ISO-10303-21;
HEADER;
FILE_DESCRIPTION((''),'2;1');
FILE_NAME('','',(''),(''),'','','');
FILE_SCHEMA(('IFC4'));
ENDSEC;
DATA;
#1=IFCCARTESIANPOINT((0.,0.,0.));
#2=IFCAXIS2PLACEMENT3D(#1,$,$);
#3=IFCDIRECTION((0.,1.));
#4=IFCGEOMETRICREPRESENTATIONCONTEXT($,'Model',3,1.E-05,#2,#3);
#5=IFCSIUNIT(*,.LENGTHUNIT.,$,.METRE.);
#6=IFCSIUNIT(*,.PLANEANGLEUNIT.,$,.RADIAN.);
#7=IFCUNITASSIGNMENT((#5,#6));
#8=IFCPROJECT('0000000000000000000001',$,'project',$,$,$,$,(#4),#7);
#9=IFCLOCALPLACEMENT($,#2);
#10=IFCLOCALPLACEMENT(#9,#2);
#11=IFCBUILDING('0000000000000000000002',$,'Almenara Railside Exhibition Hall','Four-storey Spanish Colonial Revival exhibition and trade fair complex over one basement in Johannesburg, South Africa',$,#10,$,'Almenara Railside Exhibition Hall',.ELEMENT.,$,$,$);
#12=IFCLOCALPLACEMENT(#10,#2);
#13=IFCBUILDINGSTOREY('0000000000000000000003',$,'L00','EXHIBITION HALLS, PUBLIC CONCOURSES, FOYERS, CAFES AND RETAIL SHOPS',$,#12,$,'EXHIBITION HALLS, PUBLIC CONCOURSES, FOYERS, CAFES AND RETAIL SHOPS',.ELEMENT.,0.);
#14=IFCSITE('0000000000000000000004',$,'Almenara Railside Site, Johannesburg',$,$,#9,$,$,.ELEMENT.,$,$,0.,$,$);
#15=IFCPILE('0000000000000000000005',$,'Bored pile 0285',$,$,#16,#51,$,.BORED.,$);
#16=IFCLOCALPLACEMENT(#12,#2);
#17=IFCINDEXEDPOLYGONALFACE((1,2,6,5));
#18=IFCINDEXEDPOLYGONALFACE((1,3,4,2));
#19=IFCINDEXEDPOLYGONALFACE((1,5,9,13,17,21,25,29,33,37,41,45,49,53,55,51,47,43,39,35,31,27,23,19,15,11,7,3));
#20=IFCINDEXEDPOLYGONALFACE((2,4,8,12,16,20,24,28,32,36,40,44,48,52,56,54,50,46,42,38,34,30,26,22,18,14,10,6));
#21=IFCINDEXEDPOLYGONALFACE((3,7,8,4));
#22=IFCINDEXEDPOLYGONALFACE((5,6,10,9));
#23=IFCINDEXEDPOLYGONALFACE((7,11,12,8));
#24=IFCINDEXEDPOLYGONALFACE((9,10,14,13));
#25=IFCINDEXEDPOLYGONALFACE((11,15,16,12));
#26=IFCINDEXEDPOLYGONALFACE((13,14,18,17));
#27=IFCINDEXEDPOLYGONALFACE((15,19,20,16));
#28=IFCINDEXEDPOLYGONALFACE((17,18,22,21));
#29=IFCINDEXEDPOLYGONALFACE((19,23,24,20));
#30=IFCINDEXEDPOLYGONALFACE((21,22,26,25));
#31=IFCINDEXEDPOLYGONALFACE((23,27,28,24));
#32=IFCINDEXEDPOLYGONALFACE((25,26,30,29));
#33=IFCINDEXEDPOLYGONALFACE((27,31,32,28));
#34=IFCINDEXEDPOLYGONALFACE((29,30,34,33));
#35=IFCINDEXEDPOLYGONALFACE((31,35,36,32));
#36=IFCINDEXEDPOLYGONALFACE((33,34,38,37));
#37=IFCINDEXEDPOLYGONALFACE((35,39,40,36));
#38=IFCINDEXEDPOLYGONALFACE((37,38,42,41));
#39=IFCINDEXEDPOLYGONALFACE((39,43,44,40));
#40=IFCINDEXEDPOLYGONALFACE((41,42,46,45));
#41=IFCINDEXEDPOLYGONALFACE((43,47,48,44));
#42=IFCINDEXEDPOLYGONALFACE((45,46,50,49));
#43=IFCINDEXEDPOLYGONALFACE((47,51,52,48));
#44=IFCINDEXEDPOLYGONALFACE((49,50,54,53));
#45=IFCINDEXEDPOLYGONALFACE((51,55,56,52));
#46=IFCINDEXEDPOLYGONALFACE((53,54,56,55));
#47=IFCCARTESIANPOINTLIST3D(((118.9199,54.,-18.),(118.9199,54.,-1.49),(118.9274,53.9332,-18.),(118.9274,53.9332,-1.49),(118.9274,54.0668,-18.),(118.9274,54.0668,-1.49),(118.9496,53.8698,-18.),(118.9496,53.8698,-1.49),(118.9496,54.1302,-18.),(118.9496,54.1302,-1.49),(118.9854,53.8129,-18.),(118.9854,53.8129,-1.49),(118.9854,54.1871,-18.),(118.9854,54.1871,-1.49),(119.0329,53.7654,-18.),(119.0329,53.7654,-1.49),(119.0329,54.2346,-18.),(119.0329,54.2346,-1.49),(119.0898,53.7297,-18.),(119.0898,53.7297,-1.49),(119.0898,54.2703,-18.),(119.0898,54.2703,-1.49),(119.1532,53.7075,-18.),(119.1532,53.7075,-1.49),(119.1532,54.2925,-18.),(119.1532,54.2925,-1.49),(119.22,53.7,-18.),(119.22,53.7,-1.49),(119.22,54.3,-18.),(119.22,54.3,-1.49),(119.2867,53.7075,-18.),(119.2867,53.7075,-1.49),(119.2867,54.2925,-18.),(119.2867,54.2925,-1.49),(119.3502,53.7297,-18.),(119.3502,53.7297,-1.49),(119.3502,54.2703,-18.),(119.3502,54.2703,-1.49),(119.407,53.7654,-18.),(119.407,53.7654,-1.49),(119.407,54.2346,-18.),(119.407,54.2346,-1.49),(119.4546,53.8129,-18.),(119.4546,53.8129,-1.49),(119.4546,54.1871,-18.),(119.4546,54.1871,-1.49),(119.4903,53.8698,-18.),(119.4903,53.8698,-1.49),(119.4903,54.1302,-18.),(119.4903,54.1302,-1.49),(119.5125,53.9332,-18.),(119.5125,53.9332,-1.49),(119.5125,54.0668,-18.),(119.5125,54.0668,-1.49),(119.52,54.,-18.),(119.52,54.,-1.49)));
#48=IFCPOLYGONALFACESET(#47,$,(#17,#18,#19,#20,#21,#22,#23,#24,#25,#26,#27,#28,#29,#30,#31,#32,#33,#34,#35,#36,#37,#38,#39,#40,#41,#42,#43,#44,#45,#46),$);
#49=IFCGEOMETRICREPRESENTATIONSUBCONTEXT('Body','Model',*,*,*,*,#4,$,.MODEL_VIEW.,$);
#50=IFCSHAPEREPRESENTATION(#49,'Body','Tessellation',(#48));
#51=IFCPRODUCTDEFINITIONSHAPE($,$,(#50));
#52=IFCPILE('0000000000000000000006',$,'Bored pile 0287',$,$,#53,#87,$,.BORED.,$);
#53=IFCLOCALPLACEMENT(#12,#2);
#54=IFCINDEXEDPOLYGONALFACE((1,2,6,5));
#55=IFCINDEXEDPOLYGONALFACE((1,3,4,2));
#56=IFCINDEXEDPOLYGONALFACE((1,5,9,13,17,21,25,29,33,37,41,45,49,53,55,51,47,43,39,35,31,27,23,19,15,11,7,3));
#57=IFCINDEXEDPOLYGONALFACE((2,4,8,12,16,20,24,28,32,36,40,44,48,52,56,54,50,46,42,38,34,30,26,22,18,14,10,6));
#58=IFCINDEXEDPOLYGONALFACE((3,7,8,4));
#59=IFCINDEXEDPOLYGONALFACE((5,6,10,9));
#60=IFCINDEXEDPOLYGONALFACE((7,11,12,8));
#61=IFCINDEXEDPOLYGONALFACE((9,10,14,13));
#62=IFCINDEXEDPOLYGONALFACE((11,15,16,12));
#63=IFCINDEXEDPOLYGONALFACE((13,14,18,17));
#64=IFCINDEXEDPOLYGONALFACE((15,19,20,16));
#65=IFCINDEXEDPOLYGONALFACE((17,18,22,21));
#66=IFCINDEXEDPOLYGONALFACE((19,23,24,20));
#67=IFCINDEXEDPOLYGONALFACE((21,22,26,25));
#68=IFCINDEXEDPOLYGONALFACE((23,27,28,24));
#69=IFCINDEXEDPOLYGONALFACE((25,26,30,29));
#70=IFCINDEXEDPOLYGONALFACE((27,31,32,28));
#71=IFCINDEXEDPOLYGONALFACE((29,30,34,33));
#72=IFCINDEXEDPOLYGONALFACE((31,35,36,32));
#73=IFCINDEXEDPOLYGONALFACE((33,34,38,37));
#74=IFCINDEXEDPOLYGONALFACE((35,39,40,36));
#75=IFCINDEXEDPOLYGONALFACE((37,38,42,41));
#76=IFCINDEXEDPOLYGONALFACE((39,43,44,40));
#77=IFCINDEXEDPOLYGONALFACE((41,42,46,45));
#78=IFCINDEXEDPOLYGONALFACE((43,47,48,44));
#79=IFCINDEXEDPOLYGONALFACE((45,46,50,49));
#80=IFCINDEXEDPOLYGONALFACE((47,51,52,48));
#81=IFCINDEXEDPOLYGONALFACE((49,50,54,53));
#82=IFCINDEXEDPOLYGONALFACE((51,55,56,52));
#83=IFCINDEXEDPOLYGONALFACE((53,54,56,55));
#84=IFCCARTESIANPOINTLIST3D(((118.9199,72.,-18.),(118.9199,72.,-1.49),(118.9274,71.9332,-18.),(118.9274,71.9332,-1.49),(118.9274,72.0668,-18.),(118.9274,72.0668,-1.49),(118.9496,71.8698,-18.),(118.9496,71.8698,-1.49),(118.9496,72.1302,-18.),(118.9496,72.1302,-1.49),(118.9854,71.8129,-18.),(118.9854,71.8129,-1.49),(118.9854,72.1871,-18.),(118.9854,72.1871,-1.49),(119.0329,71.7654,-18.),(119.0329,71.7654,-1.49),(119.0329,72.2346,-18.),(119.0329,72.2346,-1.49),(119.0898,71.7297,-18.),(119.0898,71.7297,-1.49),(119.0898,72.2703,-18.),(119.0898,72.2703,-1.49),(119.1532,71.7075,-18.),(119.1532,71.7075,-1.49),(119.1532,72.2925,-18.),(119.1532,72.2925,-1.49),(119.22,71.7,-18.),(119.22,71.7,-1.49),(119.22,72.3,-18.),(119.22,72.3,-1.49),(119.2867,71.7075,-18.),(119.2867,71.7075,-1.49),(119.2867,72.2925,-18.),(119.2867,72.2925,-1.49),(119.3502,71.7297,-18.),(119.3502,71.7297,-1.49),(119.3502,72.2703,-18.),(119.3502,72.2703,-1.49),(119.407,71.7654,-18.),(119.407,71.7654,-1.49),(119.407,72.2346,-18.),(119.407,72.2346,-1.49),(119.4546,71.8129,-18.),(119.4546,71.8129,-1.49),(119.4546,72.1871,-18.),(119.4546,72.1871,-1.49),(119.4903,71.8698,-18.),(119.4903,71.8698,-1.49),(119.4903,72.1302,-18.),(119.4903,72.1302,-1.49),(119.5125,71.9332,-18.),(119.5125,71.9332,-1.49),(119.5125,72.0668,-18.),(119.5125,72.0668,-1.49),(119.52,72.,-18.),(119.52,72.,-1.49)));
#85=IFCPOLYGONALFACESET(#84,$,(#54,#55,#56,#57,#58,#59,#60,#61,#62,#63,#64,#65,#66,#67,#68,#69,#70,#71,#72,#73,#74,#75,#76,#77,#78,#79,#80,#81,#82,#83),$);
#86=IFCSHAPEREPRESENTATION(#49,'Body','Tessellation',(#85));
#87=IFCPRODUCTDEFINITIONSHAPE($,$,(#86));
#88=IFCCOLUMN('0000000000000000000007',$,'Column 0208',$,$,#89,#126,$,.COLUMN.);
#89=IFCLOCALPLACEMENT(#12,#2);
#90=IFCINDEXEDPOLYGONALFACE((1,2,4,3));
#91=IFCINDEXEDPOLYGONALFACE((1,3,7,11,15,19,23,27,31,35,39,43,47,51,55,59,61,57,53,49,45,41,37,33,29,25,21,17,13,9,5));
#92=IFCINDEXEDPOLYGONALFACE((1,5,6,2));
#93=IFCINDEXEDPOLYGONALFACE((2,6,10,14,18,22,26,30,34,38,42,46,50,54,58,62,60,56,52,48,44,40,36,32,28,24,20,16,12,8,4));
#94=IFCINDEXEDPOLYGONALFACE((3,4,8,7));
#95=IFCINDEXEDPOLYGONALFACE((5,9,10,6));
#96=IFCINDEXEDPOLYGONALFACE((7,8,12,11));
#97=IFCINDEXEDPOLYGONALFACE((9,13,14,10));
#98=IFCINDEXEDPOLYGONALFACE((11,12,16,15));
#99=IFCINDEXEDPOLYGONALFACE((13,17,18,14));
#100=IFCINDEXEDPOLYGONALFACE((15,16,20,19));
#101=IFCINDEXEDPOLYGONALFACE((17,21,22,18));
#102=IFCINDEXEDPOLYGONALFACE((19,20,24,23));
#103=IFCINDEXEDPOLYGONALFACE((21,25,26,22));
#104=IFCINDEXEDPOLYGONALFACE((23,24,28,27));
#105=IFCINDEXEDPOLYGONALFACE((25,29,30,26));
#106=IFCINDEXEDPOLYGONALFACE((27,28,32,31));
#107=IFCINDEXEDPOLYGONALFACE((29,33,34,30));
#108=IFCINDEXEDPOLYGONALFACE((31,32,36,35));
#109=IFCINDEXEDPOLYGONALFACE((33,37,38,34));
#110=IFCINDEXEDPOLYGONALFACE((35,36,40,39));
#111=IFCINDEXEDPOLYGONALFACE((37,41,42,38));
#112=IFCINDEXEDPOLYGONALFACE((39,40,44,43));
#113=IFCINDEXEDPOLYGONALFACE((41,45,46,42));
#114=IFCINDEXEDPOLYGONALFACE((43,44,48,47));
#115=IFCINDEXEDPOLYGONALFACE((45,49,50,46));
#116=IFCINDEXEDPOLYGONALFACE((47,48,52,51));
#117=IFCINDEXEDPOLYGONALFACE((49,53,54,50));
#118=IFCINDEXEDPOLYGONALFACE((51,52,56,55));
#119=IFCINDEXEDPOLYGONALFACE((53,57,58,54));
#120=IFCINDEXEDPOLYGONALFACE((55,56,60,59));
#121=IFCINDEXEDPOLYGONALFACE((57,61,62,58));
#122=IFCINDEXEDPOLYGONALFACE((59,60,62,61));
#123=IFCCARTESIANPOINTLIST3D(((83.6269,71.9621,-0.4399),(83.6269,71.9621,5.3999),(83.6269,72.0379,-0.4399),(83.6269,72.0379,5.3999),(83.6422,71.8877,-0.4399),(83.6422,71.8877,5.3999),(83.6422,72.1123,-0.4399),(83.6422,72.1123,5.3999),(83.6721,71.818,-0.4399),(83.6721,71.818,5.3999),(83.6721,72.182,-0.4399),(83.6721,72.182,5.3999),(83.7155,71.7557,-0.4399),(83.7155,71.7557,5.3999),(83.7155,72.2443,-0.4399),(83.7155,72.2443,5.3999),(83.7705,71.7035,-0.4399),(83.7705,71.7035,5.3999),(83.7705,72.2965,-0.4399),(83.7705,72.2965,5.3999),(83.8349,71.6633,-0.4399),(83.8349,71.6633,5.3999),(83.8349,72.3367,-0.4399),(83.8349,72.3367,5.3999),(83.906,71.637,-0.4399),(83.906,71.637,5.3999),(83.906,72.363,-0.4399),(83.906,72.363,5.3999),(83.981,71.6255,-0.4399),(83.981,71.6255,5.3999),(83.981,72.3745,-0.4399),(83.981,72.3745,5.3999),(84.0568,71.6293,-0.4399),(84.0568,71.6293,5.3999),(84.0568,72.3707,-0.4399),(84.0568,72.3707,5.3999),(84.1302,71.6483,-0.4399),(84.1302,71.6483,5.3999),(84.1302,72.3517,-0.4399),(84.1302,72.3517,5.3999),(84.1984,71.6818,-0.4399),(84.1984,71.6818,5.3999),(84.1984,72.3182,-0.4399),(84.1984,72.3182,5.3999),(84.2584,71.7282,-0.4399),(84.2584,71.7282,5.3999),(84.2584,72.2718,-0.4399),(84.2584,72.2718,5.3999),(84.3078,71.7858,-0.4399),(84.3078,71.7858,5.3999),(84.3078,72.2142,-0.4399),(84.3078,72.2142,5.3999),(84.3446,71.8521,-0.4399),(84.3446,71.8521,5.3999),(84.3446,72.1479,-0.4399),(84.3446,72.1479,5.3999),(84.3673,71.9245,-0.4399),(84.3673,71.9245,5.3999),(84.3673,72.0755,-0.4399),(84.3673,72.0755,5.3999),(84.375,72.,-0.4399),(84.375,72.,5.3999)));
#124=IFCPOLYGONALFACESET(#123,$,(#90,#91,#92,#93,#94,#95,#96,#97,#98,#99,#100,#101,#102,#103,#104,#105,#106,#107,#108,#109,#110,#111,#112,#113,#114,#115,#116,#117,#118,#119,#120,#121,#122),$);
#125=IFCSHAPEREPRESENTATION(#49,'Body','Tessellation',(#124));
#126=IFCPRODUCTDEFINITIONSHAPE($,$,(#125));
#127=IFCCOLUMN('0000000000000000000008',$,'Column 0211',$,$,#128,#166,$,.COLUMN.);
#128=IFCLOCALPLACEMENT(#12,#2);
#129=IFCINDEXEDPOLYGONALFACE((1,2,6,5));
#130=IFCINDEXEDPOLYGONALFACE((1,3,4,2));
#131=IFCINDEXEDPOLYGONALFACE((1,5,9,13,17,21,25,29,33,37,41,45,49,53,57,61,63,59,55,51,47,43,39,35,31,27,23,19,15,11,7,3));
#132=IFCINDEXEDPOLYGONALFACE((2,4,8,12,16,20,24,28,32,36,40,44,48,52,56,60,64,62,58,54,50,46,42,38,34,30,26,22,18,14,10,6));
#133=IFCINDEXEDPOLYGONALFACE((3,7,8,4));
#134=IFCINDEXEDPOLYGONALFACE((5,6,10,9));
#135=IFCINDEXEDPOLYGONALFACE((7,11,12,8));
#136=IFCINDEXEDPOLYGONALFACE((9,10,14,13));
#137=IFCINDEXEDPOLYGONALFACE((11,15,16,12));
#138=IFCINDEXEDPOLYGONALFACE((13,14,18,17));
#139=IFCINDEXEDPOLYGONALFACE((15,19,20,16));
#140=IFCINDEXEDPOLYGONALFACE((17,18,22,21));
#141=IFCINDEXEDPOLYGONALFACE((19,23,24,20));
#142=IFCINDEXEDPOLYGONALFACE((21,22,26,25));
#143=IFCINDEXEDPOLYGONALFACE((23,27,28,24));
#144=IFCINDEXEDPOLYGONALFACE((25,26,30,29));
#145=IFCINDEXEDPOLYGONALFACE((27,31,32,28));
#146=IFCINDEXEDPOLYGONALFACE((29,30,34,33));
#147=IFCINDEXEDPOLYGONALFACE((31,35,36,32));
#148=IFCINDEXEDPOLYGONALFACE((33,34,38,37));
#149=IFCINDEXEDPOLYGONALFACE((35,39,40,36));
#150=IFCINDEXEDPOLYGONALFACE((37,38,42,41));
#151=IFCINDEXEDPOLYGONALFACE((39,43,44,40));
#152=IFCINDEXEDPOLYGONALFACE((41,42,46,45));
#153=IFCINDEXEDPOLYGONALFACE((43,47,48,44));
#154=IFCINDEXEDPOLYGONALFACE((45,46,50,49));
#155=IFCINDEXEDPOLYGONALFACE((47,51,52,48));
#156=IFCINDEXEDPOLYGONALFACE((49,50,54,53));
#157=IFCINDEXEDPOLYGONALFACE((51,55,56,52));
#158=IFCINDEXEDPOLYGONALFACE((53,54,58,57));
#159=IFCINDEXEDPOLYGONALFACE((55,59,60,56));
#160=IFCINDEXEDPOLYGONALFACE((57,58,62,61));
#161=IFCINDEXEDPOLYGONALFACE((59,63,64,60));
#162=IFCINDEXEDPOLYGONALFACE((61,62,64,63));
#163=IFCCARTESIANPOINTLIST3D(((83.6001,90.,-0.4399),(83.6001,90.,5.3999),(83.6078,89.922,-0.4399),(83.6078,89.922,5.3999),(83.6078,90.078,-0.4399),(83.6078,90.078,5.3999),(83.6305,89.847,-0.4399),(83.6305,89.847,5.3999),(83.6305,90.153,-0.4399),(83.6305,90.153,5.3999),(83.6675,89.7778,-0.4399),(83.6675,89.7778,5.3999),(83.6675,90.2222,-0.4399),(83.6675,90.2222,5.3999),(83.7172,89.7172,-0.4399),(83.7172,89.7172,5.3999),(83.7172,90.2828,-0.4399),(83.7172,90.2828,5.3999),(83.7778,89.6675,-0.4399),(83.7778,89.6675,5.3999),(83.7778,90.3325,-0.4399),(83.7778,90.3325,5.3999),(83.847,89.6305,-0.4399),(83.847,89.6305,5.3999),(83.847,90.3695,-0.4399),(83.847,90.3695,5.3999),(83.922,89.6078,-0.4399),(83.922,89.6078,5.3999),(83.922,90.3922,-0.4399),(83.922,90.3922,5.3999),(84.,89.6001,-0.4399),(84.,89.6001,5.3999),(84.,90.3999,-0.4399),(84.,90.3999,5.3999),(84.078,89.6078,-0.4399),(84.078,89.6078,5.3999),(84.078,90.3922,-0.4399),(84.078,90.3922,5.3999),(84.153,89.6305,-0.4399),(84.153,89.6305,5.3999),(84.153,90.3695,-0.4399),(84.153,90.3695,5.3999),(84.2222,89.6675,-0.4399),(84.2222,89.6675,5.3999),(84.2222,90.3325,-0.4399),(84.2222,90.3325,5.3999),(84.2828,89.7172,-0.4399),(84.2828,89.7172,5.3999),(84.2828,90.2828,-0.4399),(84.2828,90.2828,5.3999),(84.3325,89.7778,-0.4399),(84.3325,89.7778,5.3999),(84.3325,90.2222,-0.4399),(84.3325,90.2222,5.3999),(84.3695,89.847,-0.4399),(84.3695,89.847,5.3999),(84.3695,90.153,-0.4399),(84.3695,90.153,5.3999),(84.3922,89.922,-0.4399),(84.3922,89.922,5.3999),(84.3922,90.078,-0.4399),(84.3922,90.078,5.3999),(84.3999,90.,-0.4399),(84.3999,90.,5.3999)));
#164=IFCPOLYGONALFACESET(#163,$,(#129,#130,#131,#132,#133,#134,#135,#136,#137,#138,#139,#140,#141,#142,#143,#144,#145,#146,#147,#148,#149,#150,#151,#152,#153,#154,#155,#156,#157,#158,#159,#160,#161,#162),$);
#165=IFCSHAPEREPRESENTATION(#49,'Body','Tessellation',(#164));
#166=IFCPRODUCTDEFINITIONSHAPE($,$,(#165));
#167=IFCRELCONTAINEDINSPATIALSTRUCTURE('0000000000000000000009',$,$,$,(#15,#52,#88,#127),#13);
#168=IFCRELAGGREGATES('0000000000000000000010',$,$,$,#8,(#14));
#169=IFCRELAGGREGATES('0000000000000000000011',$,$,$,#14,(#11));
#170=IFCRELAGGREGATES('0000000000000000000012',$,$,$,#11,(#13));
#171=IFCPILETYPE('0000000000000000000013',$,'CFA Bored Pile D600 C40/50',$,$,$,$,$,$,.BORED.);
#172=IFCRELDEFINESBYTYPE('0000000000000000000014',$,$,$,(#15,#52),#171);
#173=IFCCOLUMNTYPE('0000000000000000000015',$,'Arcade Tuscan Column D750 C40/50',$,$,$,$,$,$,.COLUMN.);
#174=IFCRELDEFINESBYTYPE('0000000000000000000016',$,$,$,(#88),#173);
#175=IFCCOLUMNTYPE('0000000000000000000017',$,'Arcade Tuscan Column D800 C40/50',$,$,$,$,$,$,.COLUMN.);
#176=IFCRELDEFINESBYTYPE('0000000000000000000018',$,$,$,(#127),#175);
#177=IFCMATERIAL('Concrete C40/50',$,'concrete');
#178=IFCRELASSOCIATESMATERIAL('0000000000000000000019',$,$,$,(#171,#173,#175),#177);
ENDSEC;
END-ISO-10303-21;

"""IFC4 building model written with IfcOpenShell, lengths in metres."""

from ifc_helpers import new_model, si_unit, direction, frame, origin, origin_2d, place, context, subcontext, project, spatial, circle, extrude, material, material_profile, profile_set, type_object, element, save


model = new_model("IFC4")

# Units and contexts
model_context = context("Model", 3, precision=1e-05, world=origin(), true_north=direction((0.0, 1.0)))
body_context = subcontext(model_context, "Body", "Model", "MODEL_VIEW")
ifc_project = project(units=[si_unit("LENGTHUNIT", "METRE"), si_unit("PLANEANGLEUNIT", "RADIAN")], contexts=[model_context])

# Site, building, storey
site_placement = place(None, origin())
site = spatial("IfcSite", under=ifc_project, at=site_placement, Name="Almenara Railside Site, Johannesburg", CompositionType="ELEMENT", RefElevation=0.0)
building_placement = place(site_placement, origin())
building = spatial("IfcBuilding", under=site, at=building_placement, Name="Almenara Railside Exhibition Hall", Description="Four-storey Spanish Colonial Revival exhibition and trade fair complex over one basement in Johannesburg, South Africa", LongName="Almenara Railside Exhibition Hall", CompositionType="ELEMENT")
storey_placement = place(building_placement, origin())
storey = spatial("IfcBuildingStorey", under=building, at=storey_placement, Name="L00", Description="EXHIBITION HALLS, PUBLIC CONCOURSES, FOYERS, CAFES AND RETAIL SHOPS", LongName="EXHIBITION HALLS, PUBLIC CONCOURSES, FOYERS, CAFES AND RETAIL SHOPS", CompositionType="ELEMENT", Elevation=0.0)

# Piles
ifc_material_1 = material(Name="Concrete C40/50", Category="concrete")
ifc_material_profile_1 = material_profile(ifc_material_1, circle(Radius=0.3, at=origin_2d()), Name="CFA-PILE D600")
ifc_profile_set_1 = profile_set([ifc_material_profile_1], Name="Concrete C40/50")
pile_type = type_object("IfcPileType", Name="CFA Bored Pile D600 C40/50", PredefinedType="BORED", material=ifc_profile_set_1)
for number, where, z_axis, x_axis, name in (
    (1, (119.22, 54.0, -1.49), (0.0, 0.0, -1.0), (1.0, 0.0, 0.0), "Bored pile 0285"),
    (2, (119.22, 72.0, -1.49), (0.0, 0.0, -1.0), (1.0, 0.0, 0.0), "Bored pile 0287"),
):
    element("IfcPile", number, at=place(storey_placement, frame(where, z_axis=z_axis, x_axis=x_axis)), inside=storey, type_object=pile_type, Name=name, PredefinedType="BORED", context=body_context, shape_type="SweptSolid", body=[
        extrude(circle(Radius=0.3, at=origin_2d()), origin(), (0.0, 0.0, 1.0), 16.51),
    ])

# Columns
ifc_material_profile_2 = material_profile(ifc_material_1, circle(Radius=0.375, at=origin_2d()), Name="RC-COL D750")
ifc_profile_set_2 = profile_set([ifc_material_profile_2], Name="Concrete C40/50")
column_type_1 = type_object("IfcColumnType", Name="Arcade Tuscan Column D750 C40/50", PredefinedType="COLUMN", material=ifc_profile_set_2)
column_placement = place(storey_placement, frame((84.0, 72.0, -0.4399), z_axis=(0.0, 0.0, 1.0), x_axis=(1.0, 0.0, 0.0)))
element("IfcColumn", 3, at=column_placement, inside=storey, type_object=column_type_1, Name="Column 0208", PredefinedType="COLUMN", context=body_context, shape_type="SweptSolid", body=[
    extrude(circle(Radius=0.375, at=origin_2d()), origin(), (0.0, 0.0, 1.0), 5.8398),
])
ifc_material_profile_3 = material_profile(ifc_material_1, circle(Radius=0.3999, at=origin_2d()), Name="RC-COL D800")
ifc_profile_set_3 = profile_set([ifc_material_profile_3], Name="Concrete C40/50")
column_type_2 = type_object("IfcColumnType", Name="Arcade Tuscan Column D800 C40/50", PredefinedType="COLUMN", material=ifc_profile_set_3)
for number, where, z_axis, x_axis, name in (
    (4, (84.0, 90.0, -0.4399), (0.0, 0.0, 1.0), (1.0, 0.0, 0.0), "Column 0211"),
):
    element("IfcColumn", number, at=place(storey_placement, frame(where, z_axis=z_axis, x_axis=x_axis)), inside=storey, type_object=column_type_2, Name=name, PredefinedType="COLUMN", context=body_context, shape_type="SweptSolid", body=[
        extrude(circle(Radius=0.3999, at=origin_2d()), origin(), (0.0, 0.0, 1.0), 5.8398),
    ])

save(model, "model.ifc")
